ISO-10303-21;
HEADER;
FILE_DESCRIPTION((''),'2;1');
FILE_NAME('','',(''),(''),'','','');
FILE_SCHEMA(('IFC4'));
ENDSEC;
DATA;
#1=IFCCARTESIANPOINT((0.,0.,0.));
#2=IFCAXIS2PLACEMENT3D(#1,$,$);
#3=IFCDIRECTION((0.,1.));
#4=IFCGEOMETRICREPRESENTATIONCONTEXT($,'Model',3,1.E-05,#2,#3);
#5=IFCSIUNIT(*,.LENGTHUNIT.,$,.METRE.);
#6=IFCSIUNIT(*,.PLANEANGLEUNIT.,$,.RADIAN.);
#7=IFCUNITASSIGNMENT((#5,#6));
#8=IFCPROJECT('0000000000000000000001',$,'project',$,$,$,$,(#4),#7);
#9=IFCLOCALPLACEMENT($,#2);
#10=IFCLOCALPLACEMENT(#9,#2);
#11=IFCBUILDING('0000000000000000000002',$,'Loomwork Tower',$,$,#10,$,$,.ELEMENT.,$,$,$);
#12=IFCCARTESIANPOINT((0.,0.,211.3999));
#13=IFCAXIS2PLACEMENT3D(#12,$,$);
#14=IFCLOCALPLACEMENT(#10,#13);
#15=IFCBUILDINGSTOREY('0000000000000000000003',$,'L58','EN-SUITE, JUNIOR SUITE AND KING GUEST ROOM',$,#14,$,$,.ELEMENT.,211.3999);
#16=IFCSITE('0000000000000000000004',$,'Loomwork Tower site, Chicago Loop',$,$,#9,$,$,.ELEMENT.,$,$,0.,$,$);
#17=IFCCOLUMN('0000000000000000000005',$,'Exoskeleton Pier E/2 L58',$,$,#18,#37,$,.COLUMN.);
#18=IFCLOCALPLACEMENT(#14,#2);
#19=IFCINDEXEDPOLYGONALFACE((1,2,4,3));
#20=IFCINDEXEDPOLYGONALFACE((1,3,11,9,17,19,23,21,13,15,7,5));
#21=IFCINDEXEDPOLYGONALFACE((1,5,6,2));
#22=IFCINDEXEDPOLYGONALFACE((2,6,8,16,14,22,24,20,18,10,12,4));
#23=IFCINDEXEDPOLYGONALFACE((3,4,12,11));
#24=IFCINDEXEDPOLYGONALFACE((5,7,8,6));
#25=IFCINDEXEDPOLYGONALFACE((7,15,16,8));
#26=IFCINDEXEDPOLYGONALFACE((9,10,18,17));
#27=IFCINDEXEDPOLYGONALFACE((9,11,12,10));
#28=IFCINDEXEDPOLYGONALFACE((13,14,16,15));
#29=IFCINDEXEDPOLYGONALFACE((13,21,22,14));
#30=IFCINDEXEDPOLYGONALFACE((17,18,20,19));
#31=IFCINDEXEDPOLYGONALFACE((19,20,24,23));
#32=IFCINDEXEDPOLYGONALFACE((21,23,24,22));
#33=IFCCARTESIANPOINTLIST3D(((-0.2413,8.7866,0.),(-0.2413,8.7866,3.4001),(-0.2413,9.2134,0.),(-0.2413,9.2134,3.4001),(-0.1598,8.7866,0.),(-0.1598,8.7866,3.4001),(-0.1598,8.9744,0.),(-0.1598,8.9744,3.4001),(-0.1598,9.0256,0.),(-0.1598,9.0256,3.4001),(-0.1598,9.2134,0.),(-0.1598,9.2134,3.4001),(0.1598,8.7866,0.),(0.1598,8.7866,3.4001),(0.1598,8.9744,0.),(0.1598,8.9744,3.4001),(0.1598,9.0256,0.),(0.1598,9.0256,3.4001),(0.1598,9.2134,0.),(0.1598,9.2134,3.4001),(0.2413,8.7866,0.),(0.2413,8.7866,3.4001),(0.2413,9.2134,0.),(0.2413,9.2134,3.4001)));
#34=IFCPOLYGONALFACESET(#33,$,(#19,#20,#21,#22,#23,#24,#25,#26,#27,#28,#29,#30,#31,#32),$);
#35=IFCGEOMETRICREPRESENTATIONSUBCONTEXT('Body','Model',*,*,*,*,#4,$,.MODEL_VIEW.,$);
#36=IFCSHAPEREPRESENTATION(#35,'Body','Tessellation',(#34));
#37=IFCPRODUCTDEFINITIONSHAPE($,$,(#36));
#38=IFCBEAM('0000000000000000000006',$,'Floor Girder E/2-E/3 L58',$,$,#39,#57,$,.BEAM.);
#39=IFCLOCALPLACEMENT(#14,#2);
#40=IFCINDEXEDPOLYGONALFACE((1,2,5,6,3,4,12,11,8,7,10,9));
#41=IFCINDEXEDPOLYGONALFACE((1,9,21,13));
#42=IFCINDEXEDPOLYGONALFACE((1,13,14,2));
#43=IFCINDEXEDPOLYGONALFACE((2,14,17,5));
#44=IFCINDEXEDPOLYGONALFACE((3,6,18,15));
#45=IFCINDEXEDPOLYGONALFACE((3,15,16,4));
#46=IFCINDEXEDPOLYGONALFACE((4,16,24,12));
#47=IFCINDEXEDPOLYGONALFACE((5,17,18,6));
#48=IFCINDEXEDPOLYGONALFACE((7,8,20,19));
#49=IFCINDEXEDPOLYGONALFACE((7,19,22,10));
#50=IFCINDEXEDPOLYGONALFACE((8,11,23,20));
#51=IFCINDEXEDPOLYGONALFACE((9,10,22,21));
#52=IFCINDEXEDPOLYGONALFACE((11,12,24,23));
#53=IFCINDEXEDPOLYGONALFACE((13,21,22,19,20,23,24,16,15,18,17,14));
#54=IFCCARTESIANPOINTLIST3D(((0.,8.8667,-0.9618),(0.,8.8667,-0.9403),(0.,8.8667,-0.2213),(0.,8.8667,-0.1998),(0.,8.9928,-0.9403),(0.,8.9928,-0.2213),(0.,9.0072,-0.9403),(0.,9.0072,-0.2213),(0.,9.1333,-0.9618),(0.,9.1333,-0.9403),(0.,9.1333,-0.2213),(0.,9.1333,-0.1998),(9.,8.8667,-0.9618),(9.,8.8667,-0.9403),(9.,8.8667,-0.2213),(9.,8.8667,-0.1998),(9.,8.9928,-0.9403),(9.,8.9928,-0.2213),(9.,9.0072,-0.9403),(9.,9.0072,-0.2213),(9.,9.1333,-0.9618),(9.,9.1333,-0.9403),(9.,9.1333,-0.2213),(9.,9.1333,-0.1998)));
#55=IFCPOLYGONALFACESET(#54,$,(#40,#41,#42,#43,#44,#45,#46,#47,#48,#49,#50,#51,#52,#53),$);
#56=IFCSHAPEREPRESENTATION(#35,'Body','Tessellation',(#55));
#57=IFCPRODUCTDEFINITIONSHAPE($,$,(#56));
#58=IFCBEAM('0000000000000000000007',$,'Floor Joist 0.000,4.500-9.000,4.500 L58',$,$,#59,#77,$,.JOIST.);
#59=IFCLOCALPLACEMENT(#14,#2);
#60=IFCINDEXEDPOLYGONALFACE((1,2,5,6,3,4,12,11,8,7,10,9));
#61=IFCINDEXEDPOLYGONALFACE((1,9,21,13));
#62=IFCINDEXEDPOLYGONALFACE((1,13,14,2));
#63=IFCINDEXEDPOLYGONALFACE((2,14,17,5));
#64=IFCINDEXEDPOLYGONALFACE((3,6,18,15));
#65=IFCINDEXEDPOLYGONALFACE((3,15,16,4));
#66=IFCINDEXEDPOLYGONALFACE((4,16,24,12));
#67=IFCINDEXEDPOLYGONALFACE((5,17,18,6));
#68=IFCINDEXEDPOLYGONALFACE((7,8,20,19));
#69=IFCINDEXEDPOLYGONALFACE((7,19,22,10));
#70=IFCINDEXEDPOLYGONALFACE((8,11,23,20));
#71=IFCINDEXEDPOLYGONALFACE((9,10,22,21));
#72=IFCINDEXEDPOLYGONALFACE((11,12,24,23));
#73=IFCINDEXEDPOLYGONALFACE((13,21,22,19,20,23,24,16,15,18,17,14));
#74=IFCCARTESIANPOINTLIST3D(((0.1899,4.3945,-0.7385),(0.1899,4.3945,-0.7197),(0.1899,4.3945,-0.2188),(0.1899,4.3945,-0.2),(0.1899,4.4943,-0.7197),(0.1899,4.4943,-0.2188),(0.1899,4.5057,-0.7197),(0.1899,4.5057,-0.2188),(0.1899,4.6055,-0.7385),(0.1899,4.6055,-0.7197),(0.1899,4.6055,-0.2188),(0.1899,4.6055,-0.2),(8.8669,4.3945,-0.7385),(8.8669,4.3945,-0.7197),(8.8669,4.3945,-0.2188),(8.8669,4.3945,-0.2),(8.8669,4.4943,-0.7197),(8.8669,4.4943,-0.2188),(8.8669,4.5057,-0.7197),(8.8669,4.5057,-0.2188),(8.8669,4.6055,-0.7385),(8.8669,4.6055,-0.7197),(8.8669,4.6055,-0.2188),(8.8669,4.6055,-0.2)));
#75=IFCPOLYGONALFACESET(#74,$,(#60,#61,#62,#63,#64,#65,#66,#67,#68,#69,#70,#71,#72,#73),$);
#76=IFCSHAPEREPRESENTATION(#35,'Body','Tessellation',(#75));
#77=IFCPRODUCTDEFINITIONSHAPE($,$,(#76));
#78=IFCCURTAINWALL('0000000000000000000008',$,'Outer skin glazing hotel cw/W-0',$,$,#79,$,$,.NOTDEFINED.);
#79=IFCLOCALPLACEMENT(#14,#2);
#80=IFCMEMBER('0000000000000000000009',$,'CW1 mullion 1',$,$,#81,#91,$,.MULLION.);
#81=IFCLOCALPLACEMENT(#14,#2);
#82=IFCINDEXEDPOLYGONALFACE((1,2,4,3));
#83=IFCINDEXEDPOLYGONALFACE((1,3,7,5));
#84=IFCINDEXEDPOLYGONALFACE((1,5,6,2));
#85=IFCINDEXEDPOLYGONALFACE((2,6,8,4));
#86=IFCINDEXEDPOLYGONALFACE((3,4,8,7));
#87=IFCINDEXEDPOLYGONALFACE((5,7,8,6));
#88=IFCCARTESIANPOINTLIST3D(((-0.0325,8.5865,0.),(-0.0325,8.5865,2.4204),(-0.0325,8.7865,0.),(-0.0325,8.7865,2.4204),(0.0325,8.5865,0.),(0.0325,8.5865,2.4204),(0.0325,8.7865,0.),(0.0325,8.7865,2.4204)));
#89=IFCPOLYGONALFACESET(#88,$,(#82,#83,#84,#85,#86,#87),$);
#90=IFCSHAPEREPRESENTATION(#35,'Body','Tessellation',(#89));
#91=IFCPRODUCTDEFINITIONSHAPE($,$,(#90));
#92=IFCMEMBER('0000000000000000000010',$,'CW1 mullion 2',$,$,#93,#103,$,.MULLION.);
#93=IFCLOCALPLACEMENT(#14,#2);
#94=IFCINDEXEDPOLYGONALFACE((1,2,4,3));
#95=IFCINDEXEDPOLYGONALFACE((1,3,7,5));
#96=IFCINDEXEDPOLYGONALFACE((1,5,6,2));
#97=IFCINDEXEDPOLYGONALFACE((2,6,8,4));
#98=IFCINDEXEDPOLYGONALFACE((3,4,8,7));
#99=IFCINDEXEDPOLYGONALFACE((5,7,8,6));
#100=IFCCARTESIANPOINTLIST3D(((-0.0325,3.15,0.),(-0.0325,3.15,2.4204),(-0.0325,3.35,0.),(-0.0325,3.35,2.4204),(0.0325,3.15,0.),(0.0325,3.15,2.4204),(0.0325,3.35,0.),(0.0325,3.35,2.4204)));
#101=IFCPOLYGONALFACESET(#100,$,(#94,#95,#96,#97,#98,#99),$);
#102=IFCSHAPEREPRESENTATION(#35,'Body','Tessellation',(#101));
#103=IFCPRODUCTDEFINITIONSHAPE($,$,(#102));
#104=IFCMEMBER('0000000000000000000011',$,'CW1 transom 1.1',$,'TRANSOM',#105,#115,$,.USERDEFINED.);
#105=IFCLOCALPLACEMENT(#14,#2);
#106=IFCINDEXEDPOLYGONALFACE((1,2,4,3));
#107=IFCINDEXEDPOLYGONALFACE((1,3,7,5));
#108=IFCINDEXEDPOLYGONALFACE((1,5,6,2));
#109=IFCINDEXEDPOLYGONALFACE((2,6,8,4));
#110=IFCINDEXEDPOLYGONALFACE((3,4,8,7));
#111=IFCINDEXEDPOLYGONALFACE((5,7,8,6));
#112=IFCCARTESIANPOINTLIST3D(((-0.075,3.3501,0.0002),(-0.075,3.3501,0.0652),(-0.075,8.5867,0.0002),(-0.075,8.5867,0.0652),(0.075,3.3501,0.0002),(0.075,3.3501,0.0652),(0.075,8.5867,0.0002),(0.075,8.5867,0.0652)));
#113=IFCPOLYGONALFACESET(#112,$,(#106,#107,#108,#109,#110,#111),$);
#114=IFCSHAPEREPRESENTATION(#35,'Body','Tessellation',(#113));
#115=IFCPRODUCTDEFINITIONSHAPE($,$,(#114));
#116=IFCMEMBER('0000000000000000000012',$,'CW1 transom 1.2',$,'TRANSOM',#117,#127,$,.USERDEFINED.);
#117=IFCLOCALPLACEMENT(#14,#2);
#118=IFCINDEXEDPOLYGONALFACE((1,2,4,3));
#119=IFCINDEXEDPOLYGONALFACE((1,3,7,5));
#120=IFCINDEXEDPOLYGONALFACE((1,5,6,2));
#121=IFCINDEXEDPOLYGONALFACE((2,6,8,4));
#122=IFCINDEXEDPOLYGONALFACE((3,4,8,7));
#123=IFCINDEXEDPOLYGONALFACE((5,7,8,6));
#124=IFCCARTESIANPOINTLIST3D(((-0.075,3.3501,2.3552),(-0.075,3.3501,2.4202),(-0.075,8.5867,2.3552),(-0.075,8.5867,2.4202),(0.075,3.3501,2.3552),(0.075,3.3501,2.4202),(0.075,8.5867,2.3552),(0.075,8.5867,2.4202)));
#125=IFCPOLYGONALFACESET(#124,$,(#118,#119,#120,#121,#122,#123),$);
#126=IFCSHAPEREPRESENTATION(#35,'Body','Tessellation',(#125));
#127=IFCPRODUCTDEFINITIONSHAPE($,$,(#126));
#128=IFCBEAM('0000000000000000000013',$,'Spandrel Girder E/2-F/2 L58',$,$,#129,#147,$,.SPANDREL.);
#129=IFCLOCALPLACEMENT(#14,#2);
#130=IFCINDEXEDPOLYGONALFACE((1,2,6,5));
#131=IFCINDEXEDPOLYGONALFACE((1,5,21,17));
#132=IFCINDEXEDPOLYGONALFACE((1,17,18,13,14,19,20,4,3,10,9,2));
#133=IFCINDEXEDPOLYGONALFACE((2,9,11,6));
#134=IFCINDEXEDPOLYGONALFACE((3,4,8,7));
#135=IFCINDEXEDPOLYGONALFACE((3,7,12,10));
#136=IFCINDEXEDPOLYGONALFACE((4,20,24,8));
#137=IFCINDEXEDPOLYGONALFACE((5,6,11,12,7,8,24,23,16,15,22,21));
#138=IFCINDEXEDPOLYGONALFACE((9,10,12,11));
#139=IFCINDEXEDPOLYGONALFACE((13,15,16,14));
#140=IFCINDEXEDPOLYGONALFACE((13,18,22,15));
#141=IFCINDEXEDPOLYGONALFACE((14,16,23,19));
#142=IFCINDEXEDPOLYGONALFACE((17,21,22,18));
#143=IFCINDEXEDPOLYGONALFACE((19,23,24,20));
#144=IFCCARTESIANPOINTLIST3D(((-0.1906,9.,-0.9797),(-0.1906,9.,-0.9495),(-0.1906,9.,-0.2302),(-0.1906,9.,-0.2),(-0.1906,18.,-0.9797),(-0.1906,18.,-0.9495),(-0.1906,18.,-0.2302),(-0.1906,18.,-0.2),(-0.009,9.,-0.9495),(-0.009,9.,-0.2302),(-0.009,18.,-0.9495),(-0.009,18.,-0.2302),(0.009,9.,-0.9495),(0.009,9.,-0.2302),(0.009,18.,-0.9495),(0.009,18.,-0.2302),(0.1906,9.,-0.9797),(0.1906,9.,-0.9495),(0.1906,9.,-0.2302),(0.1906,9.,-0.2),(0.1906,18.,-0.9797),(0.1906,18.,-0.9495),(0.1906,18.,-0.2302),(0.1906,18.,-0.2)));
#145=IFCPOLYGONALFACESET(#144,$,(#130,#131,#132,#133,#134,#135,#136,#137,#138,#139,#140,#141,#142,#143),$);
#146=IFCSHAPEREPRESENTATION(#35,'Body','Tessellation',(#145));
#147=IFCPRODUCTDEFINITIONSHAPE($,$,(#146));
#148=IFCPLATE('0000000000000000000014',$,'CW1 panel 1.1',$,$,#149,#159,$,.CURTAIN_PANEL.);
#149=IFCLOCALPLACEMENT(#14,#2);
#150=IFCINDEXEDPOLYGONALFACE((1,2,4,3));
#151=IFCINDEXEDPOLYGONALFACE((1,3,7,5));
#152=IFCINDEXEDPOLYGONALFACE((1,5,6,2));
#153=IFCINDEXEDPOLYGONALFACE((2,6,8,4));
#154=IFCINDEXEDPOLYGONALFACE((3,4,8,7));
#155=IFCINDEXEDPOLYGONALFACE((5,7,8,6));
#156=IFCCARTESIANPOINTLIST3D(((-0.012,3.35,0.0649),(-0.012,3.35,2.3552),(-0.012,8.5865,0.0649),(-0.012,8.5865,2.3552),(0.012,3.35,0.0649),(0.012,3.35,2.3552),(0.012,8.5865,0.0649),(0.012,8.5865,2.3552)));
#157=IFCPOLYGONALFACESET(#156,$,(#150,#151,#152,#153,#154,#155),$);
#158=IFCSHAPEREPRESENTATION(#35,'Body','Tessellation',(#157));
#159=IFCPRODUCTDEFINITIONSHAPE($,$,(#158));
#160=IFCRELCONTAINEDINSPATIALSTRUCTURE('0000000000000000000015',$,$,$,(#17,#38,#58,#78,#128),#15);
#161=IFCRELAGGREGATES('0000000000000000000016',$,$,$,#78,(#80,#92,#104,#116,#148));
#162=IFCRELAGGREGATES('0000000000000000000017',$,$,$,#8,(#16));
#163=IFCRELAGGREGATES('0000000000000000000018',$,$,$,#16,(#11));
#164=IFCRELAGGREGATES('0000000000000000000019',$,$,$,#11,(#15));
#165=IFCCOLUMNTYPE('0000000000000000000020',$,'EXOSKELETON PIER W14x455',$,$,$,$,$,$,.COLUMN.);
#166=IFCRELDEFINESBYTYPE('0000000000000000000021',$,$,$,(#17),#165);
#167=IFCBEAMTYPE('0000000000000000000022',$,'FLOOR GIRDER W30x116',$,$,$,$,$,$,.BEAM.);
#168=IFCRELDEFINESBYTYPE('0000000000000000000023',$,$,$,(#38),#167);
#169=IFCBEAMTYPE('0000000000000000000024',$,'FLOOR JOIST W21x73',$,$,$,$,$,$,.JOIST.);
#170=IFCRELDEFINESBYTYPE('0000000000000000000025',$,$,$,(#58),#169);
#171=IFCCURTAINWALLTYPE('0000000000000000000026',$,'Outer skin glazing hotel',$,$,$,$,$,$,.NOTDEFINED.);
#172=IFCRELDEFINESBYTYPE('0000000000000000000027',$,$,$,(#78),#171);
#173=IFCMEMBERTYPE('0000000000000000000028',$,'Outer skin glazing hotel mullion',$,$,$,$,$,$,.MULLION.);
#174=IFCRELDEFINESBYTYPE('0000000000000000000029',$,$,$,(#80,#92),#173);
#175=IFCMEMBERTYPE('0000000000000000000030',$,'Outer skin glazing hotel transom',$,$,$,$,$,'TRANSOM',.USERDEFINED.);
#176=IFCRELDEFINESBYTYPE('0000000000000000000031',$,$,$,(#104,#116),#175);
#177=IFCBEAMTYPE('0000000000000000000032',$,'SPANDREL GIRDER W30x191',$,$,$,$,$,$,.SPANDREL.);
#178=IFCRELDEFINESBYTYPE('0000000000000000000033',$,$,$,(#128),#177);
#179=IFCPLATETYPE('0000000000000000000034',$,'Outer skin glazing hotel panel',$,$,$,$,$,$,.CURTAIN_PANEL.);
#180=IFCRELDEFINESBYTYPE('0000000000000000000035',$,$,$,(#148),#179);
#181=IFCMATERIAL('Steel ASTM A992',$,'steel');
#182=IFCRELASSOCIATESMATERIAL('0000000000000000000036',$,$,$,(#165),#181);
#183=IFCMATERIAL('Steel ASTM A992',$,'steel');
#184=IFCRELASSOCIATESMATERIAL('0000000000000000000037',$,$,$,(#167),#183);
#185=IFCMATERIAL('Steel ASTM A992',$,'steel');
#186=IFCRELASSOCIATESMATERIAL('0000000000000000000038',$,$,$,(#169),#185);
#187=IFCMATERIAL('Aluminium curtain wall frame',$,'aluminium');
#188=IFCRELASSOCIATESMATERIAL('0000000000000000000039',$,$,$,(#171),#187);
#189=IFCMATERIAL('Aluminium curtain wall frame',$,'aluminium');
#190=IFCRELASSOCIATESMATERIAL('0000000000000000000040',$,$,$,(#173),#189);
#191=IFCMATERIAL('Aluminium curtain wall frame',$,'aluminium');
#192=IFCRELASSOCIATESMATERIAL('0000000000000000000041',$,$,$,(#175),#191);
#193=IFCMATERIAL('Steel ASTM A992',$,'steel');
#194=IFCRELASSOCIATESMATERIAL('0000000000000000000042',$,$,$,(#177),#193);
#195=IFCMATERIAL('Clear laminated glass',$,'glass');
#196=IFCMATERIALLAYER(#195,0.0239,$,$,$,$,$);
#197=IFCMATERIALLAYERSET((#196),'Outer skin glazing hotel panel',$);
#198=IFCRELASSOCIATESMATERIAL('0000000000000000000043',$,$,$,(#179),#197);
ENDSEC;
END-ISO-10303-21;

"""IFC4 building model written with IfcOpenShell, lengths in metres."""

from ifc_helpers import new_model, si_unit, direction, frame, origin, origin_2d, place, context, subcontext, project, spatial, rectangle, i_section, extrude, material, layer, layer_set, material_profile, profile_set, type_object, element, aggregate, save


model = new_model("IFC4")

# Units and contexts
model_context = context("Model", 3, precision=1e-05, world=origin(), true_north=direction((0.0, 1.0)))
body_context = subcontext(model_context, "Body", "Model", "MODEL_VIEW")
ifc_project = project(units=[si_unit("LENGTHUNIT", "METRE"), si_unit("PLANEANGLEUNIT", "RADIAN")], contexts=[model_context])

# Site, building, storey
site_placement = place(None, origin())
site = spatial("IfcSite", under=ifc_project, at=site_placement, Name="Loomwork Tower site, Chicago Loop", CompositionType="ELEMENT", RefElevation=0.0)
building_placement = place(site_placement, origin())
building = spatial("IfcBuilding", under=site, at=building_placement, Name="Loomwork Tower", CompositionType="ELEMENT")
storey_placement = place(building_placement, frame((0.0, 0.0, 211.3999)))
storey = spatial("IfcBuildingStorey", under=building, at=storey_placement, Name="L58", Description="EN-SUITE, JUNIOR SUITE AND KING GUEST ROOM", CompositionType="ELEMENT", Elevation=211.3999)

# Column
ifc_material_1 = material(Name="Steel ASTM A992", Category="steel")
ifc_material_profile_1 = material_profile(ifc_material_1, i_section(OverallWidth=0.4268, OverallDepth=0.4827, WebThickness=0.0513, FlangeThickness=0.0815, at=origin_2d()), Name="W14x455")
ifc_profile_set_1 = profile_set([ifc_material_profile_1], Name="Steel ASTM A992")
column_type = type_object("IfcColumnType", Name="EXOSKELETON PIER W14x455", PredefinedType="COLUMN", material=ifc_profile_set_1)
column_placement = place(storey_placement, frame((0.0, 9.0, 0.0), z_axis=(0.0, 0.0, 1.0), x_axis=(0.0, 1.0, 0.0)))
element("IfcColumn", 1, at=column_placement, inside=storey, type_object=column_type, Name="Exoskeleton Pier E/2 L58", PredefinedType="COLUMN", context=body_context, shape_type="SweptSolid", body=[
    extrude(i_section(OverallWidth=0.4268, OverallDepth=0.4827, WebThickness=0.0513, FlangeThickness=0.0815, at=origin_2d()), origin(), (0.0, 0.0, 1.0), 3.4001),
])

# Beams
ifc_material_2 = material(Name="Steel ASTM A992", Category="steel")
ifc_material_profile_2 = material_profile(ifc_material_2, i_section(OverallWidth=0.2666, OverallDepth=0.762, WebThickness=0.0144, FlangeThickness=0.0215, at=origin_2d()), Name="W30x116")
ifc_profile_set_2 = profile_set([ifc_material_profile_2], Name="Steel ASTM A992")
beam_type_1 = type_object("IfcBeamType", Name="FLOOR GIRDER W30x116", PredefinedType="BEAM", material=ifc_profile_set_2)
beam_1_placement = place(storey_placement, frame((0.0, 9.0, -0.5808), z_axis=(1.0, 0.0, 0.0), x_axis=(0.0, 1.0, 0.0)))
element("IfcBeam", 2, at=beam_1_placement, inside=storey, type_object=beam_type_1, Name="Floor Girder E/2-E/3 L58", PredefinedType="BEAM", context=body_context, shape_type="SweptSolid", body=[
    extrude(i_section(OverallWidth=0.2666, OverallDepth=0.762, WebThickness=0.0144, FlangeThickness=0.0215, at=origin_2d()), origin(), (0.0, 0.0, 1.0), 9.0),
])
ifc_material_3 = material(Name="Steel ASTM A992", Category="steel")
ifc_material_profile_3 = material_profile(ifc_material_3, i_section(OverallWidth=0.2109, OverallDepth=0.5386, WebThickness=0.0115, FlangeThickness=0.0188, at=origin_2d()), Name="W21x73")
ifc_profile_set_3 = profile_set([ifc_material_profile_3], Name="Steel ASTM A992")
beam_type_2 = type_object("IfcBeamType", Name="FLOOR JOIST W21x73", PredefinedType="JOIST", material=ifc_profile_set_3)
beam_2_placement = place(storey_placement, frame((0.1899, 4.5, -0.4692), z_axis=(1.0, 0.0, 0.0), x_axis=(0.0, 1.0, 0.0)))
element("IfcBeam", 3, at=beam_2_placement, inside=storey, type_object=beam_type_2, Name="Floor Joist 0.000,4.500-9.000,4.500 L58", PredefinedType="JOIST", context=body_context, shape_type="SweptSolid", body=[
    extrude(i_section(OverallWidth=0.2109, OverallDepth=0.5386, WebThickness=0.0115, FlangeThickness=0.0188, at=origin_2d()), origin(), (0.0, 0.0, 1.0), 8.677),
])

# Curtain wall, members
ifc_material_4 = material(Name="Aluminium curtain wall frame", Category="aluminium")
curtain_wall_type = type_object("IfcCurtainWallType", Name="Outer skin glazing hotel", PredefinedType="NOTDEFINED", material=ifc_material_4)
curtain_wall_placement = place(storey_placement, origin())
curtain_wall = element("IfcCurtainWall", 4, at=curtain_wall_placement, inside=storey, type_object=curtain_wall_type, Name="Outer skin glazing hotel cw/W-0", PredefinedType="NOTDEFINED")
ifc_material_5 = material(Name="Aluminium curtain wall frame", Category="aluminium")
ifc_material_profile_4 = material_profile(ifc_material_5, rectangle(XDim=0.0649, YDim=0.2, at=origin_2d()), Name="AL 65x200")
ifc_profile_set_4 = profile_set([ifc_material_profile_4], Name="Aluminium curtain wall frame")
member_type_1 = type_object("IfcMemberType", Name="Outer skin glazing hotel mullion", PredefinedType="MULLION", material=ifc_profile_set_4)
member_1_placement = place(storey_placement, frame((0.0, 8.6865, 0.0), z_axis=(0.0, 0.0, 1.0), x_axis=(1.0, 0.0, 0.0)))
member_1 = element("IfcMember", 5, at=member_1_placement, type_object=member_type_1, Name="CW1 mullion 1", PredefinedType="MULLION", context=body_context, shape_type="SweptSolid", body=[
    extrude(rectangle(XDim=0.0649, YDim=0.2, at=origin_2d()), origin(), (0.0, 0.0, 1.0), 2.4204),
])
member_2_placement = place(storey_placement, frame((0.0, 3.25, 0.0), z_axis=(0.0, 0.0, 1.0), x_axis=(1.0, 0.0, 0.0)))
member_2 = element("IfcMember", 6, at=member_2_placement, type_object=member_type_1, Name="CW1 mullion 2", PredefinedType="MULLION", context=body_context, shape_type="SweptSolid", body=[
    extrude(rectangle(XDim=0.0649, YDim=0.2, at=origin_2d()), origin(), (0.0, 0.0, 1.0), 2.4204),
])
ifc_material_6 = material(Name="Aluminium curtain wall frame", Category="aluminium")
ifc_material_profile_5 = material_profile(ifc_material_6, rectangle(XDim=0.1499, YDim=0.0649, at=origin_2d()), Name="AL 65x150")
ifc_profile_set_5 = profile_set([ifc_material_profile_5], Name="Aluminium curtain wall frame")
member_type_2 = type_object("IfcMemberType", Name="Outer skin glazing hotel transom", ElementType="TRANSOM", PredefinedType="USERDEFINED", material=ifc_profile_set_5)
member_3_placement = place(storey_placement, frame((0.0, 8.5867, 0.0327), z_axis=(0.0, -1.0, 0.0), x_axis=(1.0, 0.0, 0.0)))
member_3 = element("IfcMember", 7, at=member_3_placement, type_object=member_type_2, Name="CW1 transom 1.1", ObjectType="TRANSOM", PredefinedType="USERDEFINED", context=body_context, shape_type="SweptSolid", body=[
    extrude(rectangle(XDim=0.1499, YDim=0.0649, at=origin_2d()), origin(), (0.0, 0.0, 1.0), 5.2366),
])
member_4_placement = place(storey_placement, frame((0.0, 8.5867, 2.3877), z_axis=(0.0, -1.0, 0.0), x_axis=(1.0, 0.0, 0.0)))
member_4 = element("IfcMember", 8, at=member_4_placement, type_object=member_type_2, Name="CW1 transom 1.2", ObjectType="TRANSOM", PredefinedType="USERDEFINED", context=body_context, shape_type="SweptSolid", body=[
    extrude(rectangle(XDim=0.1499, YDim=0.0649, at=origin_2d()), origin(), (0.0, 0.0, 1.0), 5.2366),
])

# Beam
ifc_material_7 = material(Name="Steel ASTM A992", Category="steel")
ifc_material_profile_6 = material_profile(ifc_material_7, i_section(OverallWidth=0.3811, OverallDepth=0.7798, WebThickness=0.0181, FlangeThickness=0.0303, at=origin_2d()), Name="W30x191")
ifc_profile_set_6 = profile_set([ifc_material_profile_6], Name="Steel ASTM A992")
beam_type_3 = type_object("IfcBeamType", Name="SPANDREL GIRDER W30x191", PredefinedType="SPANDREL", material=ifc_profile_set_6)
beam_3_placement = place(storey_placement, frame((0.0, 9.0, -0.5898), z_axis=(0.0, 1.0, 0.0), x_axis=(-1.0, 0.0, 0.0)))
element("IfcBeam", 9, at=beam_3_placement, inside=storey, type_object=beam_type_3, Name="Spandrel Girder E/2-F/2 L58", PredefinedType="SPANDREL", context=body_context, shape_type="SweptSolid", body=[
    extrude(i_section(OverallWidth=0.3811, OverallDepth=0.7798, WebThickness=0.0181, FlangeThickness=0.0303, at=origin_2d()), origin(), (0.0, 0.0, 1.0), 9.0),
])

# Plate
ifc_material_8 = material(Name="Clear laminated glass", Category="glass")
ifc_layer_1 = layer(ifc_material_8, 0.0239)
ifc_layer_set_1 = layer_set([ifc_layer_1], Name="Outer skin glazing hotel panel")
plate_type = type_object("IfcPlateType", Name="Outer skin glazing hotel panel", PredefinedType="CURTAIN_PANEL", material=ifc_layer_set_1)
plate_placement = place(storey_placement, frame((0.0, 5.9683, 0.0649), z_axis=(0.0, 0.0, 1.0), x_axis=(0.0, -1.0, 0.0)))
plate = element("IfcPlate", 10, at=plate_placement, type_object=plate_type, Name="CW1 panel 1.1", PredefinedType="CURTAIN_PANEL", context=body_context, shape_type="SweptSolid", body=[
    extrude(rectangle(XDim=5.2366, YDim=0.0239, at=origin_2d()), origin(), (0.0, 0.0, 1.0), 2.2903),
])
aggregate(curtain_wall, [member_1, member_2, member_3, member_4, plate])

save(model, "model.ifc")
